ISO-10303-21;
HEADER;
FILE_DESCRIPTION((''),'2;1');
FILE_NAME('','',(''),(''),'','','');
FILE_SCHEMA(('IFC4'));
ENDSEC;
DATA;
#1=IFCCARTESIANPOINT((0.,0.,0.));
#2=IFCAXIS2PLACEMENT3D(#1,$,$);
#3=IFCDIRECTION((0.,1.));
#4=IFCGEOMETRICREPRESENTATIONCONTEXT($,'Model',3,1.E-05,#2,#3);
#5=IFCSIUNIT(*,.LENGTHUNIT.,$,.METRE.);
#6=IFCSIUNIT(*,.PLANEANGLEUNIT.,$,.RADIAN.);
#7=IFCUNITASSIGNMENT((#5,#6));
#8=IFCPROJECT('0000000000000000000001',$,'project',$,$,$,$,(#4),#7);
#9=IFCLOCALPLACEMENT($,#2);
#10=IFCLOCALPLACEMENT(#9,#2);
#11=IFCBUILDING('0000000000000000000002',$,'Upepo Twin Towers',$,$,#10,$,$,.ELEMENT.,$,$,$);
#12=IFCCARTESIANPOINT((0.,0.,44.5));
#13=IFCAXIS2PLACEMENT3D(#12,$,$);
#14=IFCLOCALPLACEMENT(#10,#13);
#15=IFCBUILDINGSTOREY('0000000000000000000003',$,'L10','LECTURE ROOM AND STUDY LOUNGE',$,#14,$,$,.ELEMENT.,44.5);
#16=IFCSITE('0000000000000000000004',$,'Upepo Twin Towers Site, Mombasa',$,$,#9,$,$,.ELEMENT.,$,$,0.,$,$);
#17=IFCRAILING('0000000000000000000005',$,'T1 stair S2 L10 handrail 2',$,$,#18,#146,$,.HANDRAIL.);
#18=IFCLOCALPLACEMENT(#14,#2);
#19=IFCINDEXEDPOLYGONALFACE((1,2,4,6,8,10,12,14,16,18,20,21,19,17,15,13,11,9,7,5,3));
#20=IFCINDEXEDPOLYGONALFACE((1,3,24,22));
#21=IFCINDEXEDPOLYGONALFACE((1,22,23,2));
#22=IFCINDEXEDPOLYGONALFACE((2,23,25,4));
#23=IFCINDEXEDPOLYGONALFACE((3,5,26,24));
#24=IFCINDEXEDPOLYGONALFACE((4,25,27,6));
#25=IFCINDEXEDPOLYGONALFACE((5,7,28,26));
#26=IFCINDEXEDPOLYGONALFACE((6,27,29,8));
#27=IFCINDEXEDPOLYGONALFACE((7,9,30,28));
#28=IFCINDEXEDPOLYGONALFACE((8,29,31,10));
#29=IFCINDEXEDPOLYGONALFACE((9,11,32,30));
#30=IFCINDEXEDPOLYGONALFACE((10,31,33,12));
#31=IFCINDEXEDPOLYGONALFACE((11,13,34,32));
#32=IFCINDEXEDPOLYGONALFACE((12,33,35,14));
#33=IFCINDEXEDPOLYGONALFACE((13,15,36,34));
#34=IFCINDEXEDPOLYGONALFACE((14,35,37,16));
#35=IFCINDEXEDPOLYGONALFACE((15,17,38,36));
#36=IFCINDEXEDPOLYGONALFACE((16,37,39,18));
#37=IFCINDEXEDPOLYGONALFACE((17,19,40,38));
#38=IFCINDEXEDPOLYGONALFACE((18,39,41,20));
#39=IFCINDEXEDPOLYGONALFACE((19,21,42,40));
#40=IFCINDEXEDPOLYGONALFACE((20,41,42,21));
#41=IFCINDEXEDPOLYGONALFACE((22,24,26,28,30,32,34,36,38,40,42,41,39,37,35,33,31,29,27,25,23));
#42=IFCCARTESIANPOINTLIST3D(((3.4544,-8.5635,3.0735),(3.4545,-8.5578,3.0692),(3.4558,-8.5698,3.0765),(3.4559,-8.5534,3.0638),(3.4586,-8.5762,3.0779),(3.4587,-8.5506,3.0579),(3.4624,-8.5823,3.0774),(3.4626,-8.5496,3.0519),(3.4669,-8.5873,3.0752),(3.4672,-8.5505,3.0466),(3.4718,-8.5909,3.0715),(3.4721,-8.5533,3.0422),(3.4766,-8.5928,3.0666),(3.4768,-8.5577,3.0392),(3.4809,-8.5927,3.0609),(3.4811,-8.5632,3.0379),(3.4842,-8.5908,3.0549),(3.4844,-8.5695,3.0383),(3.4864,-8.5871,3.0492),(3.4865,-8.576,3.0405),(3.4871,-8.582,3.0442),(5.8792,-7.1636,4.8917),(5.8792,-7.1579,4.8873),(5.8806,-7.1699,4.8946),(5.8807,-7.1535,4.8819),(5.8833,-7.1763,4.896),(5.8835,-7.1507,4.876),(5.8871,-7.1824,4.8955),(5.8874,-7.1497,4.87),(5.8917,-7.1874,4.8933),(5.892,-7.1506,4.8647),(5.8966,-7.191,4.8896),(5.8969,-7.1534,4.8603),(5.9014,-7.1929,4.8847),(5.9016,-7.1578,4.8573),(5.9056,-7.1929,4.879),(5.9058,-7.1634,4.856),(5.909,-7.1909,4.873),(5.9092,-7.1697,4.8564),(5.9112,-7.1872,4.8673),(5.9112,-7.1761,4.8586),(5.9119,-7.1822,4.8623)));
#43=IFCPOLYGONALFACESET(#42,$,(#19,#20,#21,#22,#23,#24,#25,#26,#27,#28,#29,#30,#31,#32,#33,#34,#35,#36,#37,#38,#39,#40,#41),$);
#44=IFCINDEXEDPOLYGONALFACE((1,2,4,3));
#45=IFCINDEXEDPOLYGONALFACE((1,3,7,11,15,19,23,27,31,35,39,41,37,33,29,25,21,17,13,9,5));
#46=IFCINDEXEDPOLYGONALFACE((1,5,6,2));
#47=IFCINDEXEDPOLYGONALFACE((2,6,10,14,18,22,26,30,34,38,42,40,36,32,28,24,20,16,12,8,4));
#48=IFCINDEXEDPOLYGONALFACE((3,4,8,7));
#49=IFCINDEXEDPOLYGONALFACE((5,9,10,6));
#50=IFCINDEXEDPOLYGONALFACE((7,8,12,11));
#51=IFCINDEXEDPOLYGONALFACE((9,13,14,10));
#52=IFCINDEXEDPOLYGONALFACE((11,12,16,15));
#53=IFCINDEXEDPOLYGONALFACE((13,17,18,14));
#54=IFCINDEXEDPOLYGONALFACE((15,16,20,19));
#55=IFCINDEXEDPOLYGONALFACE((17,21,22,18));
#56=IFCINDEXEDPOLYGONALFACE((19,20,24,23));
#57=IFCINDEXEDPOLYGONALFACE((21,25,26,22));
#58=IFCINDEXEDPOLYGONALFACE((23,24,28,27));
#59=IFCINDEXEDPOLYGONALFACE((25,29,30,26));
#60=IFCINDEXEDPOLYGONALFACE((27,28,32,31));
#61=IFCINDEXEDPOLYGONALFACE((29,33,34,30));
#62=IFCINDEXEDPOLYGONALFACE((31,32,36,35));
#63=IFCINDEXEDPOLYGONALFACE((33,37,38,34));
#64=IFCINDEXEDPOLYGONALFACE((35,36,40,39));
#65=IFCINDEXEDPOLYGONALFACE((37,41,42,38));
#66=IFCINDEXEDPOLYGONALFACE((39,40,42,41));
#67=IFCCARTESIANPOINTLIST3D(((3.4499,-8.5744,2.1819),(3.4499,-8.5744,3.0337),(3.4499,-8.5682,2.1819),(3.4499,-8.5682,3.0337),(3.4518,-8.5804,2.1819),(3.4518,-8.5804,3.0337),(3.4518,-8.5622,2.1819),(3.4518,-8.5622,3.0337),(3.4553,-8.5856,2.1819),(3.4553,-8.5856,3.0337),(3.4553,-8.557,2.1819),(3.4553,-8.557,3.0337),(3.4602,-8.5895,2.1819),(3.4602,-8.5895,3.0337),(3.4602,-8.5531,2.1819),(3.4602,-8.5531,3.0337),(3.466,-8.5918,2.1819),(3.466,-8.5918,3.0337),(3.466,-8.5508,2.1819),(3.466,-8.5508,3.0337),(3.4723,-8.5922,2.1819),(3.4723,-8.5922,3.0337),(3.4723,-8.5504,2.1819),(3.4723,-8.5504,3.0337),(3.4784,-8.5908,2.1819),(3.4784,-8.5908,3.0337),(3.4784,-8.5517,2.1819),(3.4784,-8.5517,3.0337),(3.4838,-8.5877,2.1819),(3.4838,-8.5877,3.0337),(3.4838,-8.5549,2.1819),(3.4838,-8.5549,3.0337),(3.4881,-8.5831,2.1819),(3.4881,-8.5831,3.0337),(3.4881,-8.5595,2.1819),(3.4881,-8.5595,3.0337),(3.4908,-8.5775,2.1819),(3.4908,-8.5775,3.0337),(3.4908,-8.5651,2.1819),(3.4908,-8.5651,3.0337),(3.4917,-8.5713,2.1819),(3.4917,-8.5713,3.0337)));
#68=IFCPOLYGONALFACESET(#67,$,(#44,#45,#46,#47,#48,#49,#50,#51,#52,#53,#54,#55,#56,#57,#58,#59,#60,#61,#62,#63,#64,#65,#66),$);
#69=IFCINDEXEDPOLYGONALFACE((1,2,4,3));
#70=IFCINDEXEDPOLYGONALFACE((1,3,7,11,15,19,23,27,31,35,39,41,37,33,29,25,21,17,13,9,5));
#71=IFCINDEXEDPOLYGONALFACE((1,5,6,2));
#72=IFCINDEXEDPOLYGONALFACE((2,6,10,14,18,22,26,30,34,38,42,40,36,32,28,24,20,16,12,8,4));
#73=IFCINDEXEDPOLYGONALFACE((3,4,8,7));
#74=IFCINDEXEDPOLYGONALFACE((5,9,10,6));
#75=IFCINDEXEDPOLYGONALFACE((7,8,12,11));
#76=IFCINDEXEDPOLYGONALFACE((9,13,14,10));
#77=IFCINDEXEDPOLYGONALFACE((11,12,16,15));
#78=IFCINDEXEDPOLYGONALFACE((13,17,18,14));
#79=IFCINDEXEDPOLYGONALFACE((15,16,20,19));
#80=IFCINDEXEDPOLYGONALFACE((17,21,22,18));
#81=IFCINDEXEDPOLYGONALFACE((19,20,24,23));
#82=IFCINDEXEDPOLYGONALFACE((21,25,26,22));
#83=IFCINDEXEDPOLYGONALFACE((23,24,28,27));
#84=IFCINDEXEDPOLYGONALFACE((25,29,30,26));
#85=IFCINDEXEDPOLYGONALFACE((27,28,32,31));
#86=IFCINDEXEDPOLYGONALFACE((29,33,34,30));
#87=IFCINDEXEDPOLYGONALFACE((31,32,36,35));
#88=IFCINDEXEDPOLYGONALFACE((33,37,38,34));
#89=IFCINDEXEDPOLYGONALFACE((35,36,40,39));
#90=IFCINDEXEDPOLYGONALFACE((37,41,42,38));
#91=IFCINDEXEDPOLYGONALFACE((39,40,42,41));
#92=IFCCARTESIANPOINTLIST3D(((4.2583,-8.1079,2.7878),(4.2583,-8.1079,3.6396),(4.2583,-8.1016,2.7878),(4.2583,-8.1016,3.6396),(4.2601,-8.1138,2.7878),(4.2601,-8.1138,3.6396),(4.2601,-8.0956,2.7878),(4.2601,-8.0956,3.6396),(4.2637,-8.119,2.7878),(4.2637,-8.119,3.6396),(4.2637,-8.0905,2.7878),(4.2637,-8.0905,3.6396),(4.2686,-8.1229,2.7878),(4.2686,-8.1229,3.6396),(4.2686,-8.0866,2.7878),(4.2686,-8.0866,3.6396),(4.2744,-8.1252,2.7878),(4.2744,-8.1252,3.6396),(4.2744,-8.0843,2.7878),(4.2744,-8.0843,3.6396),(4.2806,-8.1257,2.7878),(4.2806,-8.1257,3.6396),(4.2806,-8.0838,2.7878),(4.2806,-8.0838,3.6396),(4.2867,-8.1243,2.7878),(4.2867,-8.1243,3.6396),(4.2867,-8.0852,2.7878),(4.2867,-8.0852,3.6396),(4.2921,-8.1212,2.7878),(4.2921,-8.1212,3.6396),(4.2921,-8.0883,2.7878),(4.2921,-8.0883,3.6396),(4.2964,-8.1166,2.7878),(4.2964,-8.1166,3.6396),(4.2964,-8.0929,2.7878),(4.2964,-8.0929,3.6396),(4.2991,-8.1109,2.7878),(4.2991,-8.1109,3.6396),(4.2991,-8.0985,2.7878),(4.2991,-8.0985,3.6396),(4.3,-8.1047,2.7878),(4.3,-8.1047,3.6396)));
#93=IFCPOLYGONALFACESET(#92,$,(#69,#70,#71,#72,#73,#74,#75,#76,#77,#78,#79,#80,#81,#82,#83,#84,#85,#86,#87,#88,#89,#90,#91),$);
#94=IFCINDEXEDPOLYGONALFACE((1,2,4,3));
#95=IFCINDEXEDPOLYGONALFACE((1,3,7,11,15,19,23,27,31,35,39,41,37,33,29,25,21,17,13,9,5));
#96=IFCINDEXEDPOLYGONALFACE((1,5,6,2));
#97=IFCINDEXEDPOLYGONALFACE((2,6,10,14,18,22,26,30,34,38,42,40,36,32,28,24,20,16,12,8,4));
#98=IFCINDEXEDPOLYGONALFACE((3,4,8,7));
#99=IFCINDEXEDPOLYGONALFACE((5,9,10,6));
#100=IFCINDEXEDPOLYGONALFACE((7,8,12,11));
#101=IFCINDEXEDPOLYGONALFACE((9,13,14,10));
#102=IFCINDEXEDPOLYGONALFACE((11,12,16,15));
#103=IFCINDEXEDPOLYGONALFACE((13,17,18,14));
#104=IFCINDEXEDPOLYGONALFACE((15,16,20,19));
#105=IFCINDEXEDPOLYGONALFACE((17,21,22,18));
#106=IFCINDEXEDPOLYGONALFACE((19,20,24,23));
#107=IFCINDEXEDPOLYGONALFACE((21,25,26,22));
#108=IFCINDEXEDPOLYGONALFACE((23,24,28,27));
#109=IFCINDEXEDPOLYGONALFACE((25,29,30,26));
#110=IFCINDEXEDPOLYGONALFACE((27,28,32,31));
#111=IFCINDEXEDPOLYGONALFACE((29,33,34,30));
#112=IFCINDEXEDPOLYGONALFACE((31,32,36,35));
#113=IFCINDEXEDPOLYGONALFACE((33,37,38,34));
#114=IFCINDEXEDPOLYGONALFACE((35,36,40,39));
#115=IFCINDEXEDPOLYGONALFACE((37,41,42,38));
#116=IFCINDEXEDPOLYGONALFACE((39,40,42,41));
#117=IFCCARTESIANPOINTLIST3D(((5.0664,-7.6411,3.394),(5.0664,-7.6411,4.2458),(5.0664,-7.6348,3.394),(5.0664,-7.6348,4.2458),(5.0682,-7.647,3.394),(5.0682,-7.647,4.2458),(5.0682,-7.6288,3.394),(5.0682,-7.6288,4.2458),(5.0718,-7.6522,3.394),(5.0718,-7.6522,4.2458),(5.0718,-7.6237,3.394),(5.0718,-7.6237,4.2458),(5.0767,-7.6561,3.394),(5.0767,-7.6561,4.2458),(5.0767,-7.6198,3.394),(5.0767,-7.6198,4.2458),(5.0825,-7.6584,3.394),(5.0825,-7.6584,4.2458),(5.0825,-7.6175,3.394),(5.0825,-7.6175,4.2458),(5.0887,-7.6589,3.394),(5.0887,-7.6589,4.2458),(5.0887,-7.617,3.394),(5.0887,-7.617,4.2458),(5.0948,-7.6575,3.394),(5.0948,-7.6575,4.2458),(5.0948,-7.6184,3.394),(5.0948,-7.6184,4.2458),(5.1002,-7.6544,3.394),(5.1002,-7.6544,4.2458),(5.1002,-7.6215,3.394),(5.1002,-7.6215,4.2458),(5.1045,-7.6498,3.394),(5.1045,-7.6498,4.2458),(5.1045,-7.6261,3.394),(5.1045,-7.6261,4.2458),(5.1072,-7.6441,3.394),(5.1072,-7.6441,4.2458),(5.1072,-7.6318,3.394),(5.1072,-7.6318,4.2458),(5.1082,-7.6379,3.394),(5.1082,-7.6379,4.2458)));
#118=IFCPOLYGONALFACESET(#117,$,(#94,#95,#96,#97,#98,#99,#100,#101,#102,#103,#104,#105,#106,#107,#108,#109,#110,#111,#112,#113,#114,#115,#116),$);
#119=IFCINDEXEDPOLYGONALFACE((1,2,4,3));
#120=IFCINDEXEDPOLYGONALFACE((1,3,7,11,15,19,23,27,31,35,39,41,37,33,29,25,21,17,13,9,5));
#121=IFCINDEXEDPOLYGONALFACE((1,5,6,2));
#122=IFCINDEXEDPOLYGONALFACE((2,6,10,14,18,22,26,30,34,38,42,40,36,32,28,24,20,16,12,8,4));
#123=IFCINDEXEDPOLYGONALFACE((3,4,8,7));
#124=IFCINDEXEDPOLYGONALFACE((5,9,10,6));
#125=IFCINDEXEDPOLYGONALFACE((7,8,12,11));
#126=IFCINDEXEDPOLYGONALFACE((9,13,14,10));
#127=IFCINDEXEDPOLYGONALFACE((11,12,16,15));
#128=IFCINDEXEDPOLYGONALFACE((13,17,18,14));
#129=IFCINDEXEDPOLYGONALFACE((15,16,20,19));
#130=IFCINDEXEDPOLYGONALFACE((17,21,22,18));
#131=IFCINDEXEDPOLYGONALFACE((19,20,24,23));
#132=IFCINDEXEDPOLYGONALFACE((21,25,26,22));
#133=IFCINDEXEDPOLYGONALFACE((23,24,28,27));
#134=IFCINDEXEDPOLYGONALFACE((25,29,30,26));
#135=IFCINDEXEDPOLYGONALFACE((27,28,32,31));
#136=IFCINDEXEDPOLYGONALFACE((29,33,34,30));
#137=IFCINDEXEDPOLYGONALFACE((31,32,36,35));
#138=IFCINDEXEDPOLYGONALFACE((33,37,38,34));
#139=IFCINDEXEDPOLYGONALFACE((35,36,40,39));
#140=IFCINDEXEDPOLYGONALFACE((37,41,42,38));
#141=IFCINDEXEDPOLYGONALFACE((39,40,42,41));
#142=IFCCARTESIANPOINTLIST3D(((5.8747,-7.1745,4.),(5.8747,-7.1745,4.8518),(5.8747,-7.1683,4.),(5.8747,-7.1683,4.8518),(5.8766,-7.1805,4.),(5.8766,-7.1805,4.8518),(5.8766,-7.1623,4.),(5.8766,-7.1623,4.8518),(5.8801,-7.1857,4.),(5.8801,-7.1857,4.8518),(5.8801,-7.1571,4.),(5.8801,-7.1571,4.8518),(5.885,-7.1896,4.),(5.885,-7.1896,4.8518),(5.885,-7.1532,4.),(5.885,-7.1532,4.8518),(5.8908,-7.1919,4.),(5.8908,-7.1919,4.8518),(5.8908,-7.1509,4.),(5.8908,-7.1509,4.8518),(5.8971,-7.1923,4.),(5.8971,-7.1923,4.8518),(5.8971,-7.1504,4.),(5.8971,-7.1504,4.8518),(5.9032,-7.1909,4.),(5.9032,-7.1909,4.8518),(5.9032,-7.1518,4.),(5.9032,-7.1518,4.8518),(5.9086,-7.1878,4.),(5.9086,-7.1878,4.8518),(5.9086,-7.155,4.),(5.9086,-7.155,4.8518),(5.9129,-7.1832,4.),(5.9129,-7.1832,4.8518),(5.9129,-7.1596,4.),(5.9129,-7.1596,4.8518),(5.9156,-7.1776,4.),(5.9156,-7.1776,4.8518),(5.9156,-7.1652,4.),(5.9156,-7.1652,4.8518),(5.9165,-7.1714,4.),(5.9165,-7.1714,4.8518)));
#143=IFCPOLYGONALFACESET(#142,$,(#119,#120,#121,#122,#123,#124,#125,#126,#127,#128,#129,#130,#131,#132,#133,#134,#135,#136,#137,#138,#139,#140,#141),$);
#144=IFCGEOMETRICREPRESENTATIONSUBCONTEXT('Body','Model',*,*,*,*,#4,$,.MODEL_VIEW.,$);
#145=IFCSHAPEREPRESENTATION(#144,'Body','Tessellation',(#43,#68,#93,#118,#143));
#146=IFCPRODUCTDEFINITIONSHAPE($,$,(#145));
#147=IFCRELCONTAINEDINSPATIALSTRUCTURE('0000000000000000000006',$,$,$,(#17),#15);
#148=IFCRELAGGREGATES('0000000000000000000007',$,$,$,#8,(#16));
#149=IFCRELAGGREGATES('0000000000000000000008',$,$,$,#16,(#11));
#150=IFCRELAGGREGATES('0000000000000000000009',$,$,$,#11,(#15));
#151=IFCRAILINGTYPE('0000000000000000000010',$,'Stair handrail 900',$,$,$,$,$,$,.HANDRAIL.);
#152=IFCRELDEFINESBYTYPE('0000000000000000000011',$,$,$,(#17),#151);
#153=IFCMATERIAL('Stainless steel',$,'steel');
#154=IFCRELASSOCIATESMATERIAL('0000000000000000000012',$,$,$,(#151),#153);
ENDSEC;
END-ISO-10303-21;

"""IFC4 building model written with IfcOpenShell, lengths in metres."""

from ifc_helpers import new_model, si_unit, direction, frame, origin, origin_2d, place, context, subcontext, project, spatial, circle, extrude, material, type_object, element, save


model = new_model("IFC4")

# Units and contexts
model_context = context("Model", 3, precision=1e-05, world=origin(), true_north=direction((0.0, 1.0)))
body_context = subcontext(model_context, "Body", "Model", "MODEL_VIEW")
ifc_project = project(units=[si_unit("LENGTHUNIT", "METRE"), si_unit("PLANEANGLEUNIT", "RADIAN")], contexts=[model_context])

# Site, building, storey
site_placement = place(None, origin())
site = spatial("IfcSite", under=ifc_project, at=site_placement, Name="Upepo Twin Towers Site, Mombasa", CompositionType="ELEMENT", RefElevation=0.0)
building_placement = place(site_placement, origin())
building = spatial("IfcBuilding", under=site, at=building_placement, Name="Upepo Twin Towers", CompositionType="ELEMENT")
storey_placement = place(building_placement, frame((0.0, 0.0, 44.5)))
storey = spatial("IfcBuildingStorey", under=building, at=storey_placement, Name="L10", Description="LECTURE ROOM AND STUDY LOUNGE", CompositionType="ELEMENT", Elevation=44.5)

# Railing
ifc_material_1 = material(Name="Stainless steel", Category="steel")
railing_type = type_object("IfcRailingType", Name="Stair handrail 900", PredefinedType="HANDRAIL", material=ifc_material_1)
railing_1_placement = place(storey_placement, frame((3.4707, -8.5713, 2.1819)))
element("IfcRailing", 1, at=railing_1_placement, inside=storey, type_object=railing_type, Name="T1 stair S2 L10 handrail 2", PredefinedType="HANDRAIL", context=body_context, shape_type="SweptSolid", body=[
    extrude(circle(Radius=0.0239, at=origin_2d()), frame((0.0, 0.0, 0.876), z_axis=(0.726336, 0.419333, 0.544606), x_axis=(-0.499984, 0.866035, 0.0)), (0.0, 0.0, 1.0), 3.3384),
    extrude(circle(Radius=0.021, at=origin_2d()), origin(), (0.0, 0.0, 1.0), 0.8518),
    extrude(circle(Radius=0.021, at=origin_2d()), frame((0.8083, 0.4666, 0.606)), (0.0, 0.0, 1.0), 0.8518),
    extrude(circle(Radius=0.021, at=origin_2d()), frame((1.6165, 0.9333, 1.2122)), (0.0, 0.0, 1.0), 0.8518),
    extrude(circle(Radius=0.021, at=origin_2d()), frame((2.4248, 1.3999, 1.8181)), (0.0, 0.0, 1.0), 0.8518),
])

save(model, "model.ifc")
